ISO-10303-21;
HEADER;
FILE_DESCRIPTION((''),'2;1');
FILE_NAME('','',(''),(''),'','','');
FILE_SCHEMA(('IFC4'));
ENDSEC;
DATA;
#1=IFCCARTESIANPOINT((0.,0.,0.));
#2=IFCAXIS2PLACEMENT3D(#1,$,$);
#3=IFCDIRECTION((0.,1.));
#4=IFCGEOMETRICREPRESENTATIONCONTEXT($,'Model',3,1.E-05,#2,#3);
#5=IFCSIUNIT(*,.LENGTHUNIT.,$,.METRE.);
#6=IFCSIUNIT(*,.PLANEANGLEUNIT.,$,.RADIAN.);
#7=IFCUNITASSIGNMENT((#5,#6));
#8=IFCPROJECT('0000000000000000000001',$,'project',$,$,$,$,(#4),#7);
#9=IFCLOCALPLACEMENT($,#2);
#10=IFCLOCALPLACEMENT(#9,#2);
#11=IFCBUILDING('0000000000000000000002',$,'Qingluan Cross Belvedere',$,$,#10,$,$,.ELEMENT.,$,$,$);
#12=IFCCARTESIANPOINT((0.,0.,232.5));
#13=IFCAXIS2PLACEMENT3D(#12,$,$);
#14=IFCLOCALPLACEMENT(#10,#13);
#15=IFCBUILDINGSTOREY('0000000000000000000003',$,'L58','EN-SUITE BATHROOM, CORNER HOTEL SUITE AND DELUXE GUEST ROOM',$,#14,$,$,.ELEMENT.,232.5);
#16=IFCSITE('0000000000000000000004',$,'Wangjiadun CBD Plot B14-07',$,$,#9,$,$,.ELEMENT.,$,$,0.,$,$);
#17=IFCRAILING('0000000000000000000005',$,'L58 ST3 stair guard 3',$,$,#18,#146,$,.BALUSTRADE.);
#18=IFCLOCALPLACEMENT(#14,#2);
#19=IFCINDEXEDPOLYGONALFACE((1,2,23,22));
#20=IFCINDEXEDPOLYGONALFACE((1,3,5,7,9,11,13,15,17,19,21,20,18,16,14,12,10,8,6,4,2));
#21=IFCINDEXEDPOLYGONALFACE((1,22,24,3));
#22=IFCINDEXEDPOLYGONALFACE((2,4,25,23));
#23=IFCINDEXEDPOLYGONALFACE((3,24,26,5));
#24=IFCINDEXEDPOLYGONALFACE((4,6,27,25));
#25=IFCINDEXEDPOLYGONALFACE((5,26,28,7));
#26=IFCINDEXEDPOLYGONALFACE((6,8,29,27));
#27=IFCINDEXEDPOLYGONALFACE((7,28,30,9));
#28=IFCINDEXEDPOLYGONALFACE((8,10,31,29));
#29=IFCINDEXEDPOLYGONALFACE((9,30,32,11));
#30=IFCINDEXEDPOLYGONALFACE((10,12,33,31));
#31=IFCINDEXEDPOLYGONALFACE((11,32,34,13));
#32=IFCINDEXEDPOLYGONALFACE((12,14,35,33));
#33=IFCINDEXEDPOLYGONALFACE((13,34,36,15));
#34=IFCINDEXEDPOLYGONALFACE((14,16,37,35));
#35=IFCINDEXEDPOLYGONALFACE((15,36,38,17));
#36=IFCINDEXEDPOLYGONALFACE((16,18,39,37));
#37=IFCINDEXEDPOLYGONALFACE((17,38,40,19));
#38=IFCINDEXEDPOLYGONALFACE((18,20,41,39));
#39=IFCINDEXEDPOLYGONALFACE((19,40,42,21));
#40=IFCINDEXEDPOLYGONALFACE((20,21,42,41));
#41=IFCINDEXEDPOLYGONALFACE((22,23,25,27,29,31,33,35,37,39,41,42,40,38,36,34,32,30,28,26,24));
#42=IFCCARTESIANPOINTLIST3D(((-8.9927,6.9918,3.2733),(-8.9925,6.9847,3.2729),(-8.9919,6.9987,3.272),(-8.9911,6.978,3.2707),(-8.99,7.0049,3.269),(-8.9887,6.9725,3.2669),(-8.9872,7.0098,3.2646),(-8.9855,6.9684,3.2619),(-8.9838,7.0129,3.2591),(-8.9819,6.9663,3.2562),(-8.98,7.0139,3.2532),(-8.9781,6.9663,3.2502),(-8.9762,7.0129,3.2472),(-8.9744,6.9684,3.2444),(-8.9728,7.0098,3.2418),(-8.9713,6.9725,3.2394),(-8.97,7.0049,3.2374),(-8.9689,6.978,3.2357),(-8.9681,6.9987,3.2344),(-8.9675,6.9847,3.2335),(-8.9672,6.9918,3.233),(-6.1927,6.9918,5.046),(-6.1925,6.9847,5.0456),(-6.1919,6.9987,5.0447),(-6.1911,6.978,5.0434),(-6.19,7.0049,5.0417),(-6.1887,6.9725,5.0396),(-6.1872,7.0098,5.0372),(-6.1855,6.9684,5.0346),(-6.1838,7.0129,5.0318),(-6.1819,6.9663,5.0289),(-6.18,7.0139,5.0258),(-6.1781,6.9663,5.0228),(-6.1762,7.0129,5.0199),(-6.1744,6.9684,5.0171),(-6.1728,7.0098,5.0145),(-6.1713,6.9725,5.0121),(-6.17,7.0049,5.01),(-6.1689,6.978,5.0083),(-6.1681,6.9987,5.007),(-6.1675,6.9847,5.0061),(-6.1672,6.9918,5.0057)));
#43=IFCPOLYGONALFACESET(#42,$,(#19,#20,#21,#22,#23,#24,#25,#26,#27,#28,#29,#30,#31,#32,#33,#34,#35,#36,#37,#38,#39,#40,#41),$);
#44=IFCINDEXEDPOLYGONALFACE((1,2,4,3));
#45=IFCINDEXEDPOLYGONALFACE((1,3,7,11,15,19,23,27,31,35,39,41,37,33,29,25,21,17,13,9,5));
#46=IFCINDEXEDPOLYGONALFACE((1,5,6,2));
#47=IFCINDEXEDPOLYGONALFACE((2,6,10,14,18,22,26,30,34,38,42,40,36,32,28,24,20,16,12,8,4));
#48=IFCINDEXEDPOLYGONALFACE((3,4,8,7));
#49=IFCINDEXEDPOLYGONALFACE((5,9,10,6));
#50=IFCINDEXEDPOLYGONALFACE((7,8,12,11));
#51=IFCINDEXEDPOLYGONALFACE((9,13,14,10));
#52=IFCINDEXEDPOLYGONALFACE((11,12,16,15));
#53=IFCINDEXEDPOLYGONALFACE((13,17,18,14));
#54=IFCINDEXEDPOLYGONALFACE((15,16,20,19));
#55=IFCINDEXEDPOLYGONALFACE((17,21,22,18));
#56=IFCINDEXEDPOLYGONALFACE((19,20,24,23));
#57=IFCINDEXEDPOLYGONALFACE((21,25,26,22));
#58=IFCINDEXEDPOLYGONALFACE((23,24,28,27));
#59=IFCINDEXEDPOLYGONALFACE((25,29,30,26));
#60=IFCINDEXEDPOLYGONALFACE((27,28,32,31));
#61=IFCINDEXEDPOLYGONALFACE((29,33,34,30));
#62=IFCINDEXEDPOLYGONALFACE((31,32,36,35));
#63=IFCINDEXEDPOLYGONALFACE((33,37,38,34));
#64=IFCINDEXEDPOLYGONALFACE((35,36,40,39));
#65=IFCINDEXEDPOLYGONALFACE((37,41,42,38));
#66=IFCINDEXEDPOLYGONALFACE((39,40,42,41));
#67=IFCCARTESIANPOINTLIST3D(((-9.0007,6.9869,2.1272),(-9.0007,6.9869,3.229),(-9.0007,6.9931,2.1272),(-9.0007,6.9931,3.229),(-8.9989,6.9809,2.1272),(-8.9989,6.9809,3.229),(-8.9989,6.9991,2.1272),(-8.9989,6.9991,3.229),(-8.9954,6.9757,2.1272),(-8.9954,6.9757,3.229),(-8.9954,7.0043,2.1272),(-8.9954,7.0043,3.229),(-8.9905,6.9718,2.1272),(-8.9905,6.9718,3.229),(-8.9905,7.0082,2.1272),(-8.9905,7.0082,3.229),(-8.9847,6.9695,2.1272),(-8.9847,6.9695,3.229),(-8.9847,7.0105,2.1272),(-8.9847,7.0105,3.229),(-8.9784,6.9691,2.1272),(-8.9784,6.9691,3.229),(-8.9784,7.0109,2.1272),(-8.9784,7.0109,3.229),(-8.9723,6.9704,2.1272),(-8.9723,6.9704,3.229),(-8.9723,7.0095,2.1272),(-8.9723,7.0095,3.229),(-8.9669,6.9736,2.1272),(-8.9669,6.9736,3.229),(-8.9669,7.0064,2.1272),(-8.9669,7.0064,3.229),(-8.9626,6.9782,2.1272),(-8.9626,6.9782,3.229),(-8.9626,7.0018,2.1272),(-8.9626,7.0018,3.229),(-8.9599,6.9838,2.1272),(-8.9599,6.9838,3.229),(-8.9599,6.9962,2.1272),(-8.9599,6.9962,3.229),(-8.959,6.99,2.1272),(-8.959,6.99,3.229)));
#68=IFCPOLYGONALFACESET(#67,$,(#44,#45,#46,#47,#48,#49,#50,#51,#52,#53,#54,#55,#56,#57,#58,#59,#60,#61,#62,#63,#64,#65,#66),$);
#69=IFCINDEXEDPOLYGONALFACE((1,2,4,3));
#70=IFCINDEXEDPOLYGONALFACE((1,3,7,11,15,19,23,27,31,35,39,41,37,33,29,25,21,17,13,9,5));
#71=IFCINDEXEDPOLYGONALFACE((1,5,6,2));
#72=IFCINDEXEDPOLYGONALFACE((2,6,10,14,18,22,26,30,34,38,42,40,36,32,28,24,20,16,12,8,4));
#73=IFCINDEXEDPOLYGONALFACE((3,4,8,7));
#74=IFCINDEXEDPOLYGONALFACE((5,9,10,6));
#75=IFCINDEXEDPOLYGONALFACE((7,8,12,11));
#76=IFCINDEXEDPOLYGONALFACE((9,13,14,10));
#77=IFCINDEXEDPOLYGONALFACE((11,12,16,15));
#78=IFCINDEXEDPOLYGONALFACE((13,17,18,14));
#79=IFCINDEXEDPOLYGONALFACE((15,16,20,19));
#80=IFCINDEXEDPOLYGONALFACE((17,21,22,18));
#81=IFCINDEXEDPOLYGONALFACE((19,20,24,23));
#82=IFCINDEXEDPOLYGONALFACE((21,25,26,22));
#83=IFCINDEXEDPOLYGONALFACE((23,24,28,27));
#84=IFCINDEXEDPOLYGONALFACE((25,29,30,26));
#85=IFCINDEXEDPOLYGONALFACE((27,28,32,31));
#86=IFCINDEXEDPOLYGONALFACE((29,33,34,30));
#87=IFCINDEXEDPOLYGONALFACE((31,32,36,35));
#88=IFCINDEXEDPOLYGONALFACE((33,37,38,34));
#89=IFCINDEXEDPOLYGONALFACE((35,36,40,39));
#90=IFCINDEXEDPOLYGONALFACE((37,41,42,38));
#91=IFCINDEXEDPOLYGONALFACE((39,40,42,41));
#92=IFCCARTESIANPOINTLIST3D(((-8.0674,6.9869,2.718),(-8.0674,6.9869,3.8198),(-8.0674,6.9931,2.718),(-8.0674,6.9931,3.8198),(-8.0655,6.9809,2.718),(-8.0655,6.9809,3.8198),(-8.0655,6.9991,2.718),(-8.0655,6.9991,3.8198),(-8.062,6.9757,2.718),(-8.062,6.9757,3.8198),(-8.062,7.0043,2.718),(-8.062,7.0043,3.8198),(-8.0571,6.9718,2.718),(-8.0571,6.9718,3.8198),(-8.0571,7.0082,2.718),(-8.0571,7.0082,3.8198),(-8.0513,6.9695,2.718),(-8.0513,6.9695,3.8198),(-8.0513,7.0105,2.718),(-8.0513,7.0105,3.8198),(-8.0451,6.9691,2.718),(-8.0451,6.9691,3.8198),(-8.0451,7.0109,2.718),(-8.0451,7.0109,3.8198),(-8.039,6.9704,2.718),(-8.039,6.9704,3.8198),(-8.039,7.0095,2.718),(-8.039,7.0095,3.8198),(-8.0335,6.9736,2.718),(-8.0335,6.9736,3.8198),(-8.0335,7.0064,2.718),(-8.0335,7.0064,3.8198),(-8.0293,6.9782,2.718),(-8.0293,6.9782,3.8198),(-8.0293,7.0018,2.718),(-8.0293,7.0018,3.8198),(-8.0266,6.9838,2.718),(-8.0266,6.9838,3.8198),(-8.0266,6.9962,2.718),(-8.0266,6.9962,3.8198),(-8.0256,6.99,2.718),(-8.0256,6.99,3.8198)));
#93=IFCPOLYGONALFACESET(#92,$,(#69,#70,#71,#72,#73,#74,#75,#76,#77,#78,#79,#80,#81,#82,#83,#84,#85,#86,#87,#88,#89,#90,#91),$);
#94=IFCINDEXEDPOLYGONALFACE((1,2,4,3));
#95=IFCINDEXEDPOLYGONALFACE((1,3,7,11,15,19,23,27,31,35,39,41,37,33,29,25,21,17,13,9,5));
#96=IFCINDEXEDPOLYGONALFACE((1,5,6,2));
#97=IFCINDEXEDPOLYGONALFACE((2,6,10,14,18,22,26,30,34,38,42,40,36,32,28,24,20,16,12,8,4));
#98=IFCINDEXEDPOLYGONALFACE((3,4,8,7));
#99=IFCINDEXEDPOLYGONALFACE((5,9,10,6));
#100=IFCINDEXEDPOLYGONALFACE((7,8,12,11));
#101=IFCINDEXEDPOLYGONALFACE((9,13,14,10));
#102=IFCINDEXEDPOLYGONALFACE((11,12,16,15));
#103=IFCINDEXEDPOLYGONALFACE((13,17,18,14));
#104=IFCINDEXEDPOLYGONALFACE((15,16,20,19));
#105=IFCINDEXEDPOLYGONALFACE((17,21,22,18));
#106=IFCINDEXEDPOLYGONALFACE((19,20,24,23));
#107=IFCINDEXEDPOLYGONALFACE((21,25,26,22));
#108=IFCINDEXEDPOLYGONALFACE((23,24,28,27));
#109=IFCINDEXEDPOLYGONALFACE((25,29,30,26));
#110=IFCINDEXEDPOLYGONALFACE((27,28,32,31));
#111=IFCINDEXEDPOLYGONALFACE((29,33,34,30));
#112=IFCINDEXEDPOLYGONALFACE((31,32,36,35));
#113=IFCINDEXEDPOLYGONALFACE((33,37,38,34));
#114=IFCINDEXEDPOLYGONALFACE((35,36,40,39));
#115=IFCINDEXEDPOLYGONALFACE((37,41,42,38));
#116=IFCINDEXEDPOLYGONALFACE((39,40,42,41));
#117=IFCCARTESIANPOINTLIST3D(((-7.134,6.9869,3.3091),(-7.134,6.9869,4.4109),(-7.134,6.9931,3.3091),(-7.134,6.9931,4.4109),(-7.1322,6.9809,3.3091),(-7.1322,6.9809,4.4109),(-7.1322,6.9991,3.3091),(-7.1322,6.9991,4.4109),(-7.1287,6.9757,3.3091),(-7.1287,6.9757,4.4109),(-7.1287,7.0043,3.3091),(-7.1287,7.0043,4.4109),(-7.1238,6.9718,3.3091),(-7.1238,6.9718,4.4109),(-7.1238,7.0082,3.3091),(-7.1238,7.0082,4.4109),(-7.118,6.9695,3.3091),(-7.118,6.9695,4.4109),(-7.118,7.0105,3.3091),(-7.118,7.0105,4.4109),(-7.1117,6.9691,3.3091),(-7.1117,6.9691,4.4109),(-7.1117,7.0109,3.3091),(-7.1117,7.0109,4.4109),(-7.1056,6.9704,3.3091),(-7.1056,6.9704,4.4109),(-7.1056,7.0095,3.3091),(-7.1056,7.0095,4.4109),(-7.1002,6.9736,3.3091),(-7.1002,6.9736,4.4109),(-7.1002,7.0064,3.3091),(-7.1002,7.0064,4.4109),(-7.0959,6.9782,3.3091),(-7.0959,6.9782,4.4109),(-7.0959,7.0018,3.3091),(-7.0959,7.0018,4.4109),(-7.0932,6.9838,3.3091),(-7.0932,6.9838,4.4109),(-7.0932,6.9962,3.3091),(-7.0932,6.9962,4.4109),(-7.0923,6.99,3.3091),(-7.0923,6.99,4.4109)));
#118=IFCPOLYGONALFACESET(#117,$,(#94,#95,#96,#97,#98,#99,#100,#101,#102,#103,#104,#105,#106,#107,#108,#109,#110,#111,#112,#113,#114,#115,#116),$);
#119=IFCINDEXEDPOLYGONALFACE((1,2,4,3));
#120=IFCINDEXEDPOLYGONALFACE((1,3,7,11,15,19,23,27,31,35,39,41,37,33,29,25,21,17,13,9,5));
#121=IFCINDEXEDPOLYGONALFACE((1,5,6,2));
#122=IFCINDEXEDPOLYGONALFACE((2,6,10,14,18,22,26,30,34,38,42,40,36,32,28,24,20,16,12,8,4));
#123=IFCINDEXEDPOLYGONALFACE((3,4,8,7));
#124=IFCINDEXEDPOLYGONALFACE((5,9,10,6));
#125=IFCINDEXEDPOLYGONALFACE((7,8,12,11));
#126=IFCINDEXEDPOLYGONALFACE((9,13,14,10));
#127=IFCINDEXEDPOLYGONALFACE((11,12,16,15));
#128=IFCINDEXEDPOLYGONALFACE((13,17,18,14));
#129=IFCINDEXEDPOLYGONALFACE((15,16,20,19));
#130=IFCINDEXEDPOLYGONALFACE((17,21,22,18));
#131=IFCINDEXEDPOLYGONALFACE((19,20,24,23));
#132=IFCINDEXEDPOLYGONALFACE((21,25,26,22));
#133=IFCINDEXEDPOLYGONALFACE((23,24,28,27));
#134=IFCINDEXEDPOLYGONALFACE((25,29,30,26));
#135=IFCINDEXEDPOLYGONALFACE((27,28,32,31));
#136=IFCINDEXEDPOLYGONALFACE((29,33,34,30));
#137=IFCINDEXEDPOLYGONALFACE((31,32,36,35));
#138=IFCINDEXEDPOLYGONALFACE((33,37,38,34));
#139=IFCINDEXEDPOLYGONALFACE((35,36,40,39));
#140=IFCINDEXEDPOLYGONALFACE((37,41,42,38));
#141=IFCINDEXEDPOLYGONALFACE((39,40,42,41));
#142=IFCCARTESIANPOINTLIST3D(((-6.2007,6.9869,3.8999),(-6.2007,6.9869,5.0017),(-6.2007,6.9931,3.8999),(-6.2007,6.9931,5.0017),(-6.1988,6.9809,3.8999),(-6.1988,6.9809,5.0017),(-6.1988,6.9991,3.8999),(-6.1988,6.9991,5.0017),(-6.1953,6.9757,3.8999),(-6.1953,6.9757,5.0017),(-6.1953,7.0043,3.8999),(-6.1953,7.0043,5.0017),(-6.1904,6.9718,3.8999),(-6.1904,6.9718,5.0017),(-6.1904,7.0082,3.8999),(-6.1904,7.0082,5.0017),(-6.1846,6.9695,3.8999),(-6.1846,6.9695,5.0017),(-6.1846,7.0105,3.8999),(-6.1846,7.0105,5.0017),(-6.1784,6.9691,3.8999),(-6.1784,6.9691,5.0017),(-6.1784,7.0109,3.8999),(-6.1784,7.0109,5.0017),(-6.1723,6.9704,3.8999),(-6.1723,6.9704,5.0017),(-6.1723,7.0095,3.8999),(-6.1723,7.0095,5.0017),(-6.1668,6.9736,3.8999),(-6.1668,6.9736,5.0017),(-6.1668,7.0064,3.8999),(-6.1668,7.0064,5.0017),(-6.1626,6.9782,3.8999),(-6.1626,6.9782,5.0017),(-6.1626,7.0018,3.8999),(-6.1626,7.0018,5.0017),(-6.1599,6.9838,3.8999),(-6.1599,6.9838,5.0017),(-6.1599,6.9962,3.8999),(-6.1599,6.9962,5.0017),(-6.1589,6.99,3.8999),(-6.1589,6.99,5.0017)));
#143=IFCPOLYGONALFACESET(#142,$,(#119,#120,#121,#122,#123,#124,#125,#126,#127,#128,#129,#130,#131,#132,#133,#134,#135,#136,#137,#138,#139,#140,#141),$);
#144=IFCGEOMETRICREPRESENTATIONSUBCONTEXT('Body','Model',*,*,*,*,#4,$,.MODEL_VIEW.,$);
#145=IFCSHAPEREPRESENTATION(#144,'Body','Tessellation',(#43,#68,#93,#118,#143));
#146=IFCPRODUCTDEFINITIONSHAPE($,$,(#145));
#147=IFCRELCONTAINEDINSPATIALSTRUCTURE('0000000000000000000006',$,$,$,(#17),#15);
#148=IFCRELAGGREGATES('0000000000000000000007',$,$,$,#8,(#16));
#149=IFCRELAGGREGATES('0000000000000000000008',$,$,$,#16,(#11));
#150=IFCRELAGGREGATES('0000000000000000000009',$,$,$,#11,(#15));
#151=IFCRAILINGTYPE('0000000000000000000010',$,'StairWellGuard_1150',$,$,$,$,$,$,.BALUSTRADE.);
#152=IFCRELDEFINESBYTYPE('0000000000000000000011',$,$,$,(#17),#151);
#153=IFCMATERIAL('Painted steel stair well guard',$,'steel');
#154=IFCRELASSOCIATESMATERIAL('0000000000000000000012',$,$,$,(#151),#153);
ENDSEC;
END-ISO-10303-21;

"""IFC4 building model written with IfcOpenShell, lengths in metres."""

from ifc_helpers import new_model, si_unit, direction, frame, origin, origin_2d, place, context, subcontext, project, spatial, circle, extrude, material, type_object, element, save


model = new_model("IFC4")

# Units and contexts
model_context = context("Model", 3, precision=1e-05, world=origin(), true_north=direction((0.0, 1.0)))
body_context = subcontext(model_context, "Body", "Model", "MODEL_VIEW")
ifc_project = project(units=[si_unit("LENGTHUNIT", "METRE"), si_unit("PLANEANGLEUNIT", "RADIAN")], contexts=[model_context])

# Site, building, storey
site_placement = place(None, origin())
site = spatial("IfcSite", under=ifc_project, at=site_placement, Name="Wangjiadun CBD Plot B14-07", CompositionType="ELEMENT", RefElevation=0.0)
building_placement = place(site_placement, origin())
building = spatial("IfcBuilding", under=site, at=building_placement, Name="Qingluan Cross Belvedere", CompositionType="ELEMENT")
storey_placement = place(building_placement, frame((0.0, 0.0, 232.5)))
storey = spatial("IfcBuildingStorey", under=building, at=storey_placement, Name="L58", Description="EN-SUITE BATHROOM, CORNER HOTEL SUITE AND DELUXE GUEST ROOM", CompositionType="ELEMENT", Elevation=232.5)

# Railing
ifc_material_1 = material(Name="Painted steel stair well guard", Category="steel")
railing_type_1 = type_object("IfcRailingType", Name="StairWellGuard_1150", PredefinedType="BALUSTRADE", material=ifc_material_1)
railing_1_placement = place(storey_placement, frame((-8.98, 6.99, 2.1272)))
element("IfcRailing", 1, at=railing_1_placement, inside=storey, type_object=railing_type_1, Name="L58 ST3 stair guard 3", PredefinedType="BALUSTRADE", context=body_context, shape_type="SweptSolid", body=[
    extrude(circle(Radius=0.0239, at=origin_2d()), frame((0.0, 0.0, 1.126), z_axis=(0.844909, 0.0, 0.53491), x_axis=(0.0, 1.0, 0.0)), (0.0, 0.0, 1.0), 3.314),
    extrude(circle(Radius=0.021, at=origin_2d()), origin(), (0.0, 0.0, 1.0), 1.1018),
    extrude(circle(Radius=0.021, at=origin_2d()), frame((0.9333, 0.0, 0.5908)), (0.0, 0.0, 1.0), 1.1018),
    extrude(circle(Radius=0.021, at=origin_2d()), frame((1.8667, 0.0, 1.1819)), (0.0, 0.0, 1.0), 1.1018),
    extrude(circle(Radius=0.021, at=origin_2d()), frame((2.8, 0.0, 1.7727)), (0.0, 0.0, 1.0), 1.1018),
])

save(model, "model.ifc")
